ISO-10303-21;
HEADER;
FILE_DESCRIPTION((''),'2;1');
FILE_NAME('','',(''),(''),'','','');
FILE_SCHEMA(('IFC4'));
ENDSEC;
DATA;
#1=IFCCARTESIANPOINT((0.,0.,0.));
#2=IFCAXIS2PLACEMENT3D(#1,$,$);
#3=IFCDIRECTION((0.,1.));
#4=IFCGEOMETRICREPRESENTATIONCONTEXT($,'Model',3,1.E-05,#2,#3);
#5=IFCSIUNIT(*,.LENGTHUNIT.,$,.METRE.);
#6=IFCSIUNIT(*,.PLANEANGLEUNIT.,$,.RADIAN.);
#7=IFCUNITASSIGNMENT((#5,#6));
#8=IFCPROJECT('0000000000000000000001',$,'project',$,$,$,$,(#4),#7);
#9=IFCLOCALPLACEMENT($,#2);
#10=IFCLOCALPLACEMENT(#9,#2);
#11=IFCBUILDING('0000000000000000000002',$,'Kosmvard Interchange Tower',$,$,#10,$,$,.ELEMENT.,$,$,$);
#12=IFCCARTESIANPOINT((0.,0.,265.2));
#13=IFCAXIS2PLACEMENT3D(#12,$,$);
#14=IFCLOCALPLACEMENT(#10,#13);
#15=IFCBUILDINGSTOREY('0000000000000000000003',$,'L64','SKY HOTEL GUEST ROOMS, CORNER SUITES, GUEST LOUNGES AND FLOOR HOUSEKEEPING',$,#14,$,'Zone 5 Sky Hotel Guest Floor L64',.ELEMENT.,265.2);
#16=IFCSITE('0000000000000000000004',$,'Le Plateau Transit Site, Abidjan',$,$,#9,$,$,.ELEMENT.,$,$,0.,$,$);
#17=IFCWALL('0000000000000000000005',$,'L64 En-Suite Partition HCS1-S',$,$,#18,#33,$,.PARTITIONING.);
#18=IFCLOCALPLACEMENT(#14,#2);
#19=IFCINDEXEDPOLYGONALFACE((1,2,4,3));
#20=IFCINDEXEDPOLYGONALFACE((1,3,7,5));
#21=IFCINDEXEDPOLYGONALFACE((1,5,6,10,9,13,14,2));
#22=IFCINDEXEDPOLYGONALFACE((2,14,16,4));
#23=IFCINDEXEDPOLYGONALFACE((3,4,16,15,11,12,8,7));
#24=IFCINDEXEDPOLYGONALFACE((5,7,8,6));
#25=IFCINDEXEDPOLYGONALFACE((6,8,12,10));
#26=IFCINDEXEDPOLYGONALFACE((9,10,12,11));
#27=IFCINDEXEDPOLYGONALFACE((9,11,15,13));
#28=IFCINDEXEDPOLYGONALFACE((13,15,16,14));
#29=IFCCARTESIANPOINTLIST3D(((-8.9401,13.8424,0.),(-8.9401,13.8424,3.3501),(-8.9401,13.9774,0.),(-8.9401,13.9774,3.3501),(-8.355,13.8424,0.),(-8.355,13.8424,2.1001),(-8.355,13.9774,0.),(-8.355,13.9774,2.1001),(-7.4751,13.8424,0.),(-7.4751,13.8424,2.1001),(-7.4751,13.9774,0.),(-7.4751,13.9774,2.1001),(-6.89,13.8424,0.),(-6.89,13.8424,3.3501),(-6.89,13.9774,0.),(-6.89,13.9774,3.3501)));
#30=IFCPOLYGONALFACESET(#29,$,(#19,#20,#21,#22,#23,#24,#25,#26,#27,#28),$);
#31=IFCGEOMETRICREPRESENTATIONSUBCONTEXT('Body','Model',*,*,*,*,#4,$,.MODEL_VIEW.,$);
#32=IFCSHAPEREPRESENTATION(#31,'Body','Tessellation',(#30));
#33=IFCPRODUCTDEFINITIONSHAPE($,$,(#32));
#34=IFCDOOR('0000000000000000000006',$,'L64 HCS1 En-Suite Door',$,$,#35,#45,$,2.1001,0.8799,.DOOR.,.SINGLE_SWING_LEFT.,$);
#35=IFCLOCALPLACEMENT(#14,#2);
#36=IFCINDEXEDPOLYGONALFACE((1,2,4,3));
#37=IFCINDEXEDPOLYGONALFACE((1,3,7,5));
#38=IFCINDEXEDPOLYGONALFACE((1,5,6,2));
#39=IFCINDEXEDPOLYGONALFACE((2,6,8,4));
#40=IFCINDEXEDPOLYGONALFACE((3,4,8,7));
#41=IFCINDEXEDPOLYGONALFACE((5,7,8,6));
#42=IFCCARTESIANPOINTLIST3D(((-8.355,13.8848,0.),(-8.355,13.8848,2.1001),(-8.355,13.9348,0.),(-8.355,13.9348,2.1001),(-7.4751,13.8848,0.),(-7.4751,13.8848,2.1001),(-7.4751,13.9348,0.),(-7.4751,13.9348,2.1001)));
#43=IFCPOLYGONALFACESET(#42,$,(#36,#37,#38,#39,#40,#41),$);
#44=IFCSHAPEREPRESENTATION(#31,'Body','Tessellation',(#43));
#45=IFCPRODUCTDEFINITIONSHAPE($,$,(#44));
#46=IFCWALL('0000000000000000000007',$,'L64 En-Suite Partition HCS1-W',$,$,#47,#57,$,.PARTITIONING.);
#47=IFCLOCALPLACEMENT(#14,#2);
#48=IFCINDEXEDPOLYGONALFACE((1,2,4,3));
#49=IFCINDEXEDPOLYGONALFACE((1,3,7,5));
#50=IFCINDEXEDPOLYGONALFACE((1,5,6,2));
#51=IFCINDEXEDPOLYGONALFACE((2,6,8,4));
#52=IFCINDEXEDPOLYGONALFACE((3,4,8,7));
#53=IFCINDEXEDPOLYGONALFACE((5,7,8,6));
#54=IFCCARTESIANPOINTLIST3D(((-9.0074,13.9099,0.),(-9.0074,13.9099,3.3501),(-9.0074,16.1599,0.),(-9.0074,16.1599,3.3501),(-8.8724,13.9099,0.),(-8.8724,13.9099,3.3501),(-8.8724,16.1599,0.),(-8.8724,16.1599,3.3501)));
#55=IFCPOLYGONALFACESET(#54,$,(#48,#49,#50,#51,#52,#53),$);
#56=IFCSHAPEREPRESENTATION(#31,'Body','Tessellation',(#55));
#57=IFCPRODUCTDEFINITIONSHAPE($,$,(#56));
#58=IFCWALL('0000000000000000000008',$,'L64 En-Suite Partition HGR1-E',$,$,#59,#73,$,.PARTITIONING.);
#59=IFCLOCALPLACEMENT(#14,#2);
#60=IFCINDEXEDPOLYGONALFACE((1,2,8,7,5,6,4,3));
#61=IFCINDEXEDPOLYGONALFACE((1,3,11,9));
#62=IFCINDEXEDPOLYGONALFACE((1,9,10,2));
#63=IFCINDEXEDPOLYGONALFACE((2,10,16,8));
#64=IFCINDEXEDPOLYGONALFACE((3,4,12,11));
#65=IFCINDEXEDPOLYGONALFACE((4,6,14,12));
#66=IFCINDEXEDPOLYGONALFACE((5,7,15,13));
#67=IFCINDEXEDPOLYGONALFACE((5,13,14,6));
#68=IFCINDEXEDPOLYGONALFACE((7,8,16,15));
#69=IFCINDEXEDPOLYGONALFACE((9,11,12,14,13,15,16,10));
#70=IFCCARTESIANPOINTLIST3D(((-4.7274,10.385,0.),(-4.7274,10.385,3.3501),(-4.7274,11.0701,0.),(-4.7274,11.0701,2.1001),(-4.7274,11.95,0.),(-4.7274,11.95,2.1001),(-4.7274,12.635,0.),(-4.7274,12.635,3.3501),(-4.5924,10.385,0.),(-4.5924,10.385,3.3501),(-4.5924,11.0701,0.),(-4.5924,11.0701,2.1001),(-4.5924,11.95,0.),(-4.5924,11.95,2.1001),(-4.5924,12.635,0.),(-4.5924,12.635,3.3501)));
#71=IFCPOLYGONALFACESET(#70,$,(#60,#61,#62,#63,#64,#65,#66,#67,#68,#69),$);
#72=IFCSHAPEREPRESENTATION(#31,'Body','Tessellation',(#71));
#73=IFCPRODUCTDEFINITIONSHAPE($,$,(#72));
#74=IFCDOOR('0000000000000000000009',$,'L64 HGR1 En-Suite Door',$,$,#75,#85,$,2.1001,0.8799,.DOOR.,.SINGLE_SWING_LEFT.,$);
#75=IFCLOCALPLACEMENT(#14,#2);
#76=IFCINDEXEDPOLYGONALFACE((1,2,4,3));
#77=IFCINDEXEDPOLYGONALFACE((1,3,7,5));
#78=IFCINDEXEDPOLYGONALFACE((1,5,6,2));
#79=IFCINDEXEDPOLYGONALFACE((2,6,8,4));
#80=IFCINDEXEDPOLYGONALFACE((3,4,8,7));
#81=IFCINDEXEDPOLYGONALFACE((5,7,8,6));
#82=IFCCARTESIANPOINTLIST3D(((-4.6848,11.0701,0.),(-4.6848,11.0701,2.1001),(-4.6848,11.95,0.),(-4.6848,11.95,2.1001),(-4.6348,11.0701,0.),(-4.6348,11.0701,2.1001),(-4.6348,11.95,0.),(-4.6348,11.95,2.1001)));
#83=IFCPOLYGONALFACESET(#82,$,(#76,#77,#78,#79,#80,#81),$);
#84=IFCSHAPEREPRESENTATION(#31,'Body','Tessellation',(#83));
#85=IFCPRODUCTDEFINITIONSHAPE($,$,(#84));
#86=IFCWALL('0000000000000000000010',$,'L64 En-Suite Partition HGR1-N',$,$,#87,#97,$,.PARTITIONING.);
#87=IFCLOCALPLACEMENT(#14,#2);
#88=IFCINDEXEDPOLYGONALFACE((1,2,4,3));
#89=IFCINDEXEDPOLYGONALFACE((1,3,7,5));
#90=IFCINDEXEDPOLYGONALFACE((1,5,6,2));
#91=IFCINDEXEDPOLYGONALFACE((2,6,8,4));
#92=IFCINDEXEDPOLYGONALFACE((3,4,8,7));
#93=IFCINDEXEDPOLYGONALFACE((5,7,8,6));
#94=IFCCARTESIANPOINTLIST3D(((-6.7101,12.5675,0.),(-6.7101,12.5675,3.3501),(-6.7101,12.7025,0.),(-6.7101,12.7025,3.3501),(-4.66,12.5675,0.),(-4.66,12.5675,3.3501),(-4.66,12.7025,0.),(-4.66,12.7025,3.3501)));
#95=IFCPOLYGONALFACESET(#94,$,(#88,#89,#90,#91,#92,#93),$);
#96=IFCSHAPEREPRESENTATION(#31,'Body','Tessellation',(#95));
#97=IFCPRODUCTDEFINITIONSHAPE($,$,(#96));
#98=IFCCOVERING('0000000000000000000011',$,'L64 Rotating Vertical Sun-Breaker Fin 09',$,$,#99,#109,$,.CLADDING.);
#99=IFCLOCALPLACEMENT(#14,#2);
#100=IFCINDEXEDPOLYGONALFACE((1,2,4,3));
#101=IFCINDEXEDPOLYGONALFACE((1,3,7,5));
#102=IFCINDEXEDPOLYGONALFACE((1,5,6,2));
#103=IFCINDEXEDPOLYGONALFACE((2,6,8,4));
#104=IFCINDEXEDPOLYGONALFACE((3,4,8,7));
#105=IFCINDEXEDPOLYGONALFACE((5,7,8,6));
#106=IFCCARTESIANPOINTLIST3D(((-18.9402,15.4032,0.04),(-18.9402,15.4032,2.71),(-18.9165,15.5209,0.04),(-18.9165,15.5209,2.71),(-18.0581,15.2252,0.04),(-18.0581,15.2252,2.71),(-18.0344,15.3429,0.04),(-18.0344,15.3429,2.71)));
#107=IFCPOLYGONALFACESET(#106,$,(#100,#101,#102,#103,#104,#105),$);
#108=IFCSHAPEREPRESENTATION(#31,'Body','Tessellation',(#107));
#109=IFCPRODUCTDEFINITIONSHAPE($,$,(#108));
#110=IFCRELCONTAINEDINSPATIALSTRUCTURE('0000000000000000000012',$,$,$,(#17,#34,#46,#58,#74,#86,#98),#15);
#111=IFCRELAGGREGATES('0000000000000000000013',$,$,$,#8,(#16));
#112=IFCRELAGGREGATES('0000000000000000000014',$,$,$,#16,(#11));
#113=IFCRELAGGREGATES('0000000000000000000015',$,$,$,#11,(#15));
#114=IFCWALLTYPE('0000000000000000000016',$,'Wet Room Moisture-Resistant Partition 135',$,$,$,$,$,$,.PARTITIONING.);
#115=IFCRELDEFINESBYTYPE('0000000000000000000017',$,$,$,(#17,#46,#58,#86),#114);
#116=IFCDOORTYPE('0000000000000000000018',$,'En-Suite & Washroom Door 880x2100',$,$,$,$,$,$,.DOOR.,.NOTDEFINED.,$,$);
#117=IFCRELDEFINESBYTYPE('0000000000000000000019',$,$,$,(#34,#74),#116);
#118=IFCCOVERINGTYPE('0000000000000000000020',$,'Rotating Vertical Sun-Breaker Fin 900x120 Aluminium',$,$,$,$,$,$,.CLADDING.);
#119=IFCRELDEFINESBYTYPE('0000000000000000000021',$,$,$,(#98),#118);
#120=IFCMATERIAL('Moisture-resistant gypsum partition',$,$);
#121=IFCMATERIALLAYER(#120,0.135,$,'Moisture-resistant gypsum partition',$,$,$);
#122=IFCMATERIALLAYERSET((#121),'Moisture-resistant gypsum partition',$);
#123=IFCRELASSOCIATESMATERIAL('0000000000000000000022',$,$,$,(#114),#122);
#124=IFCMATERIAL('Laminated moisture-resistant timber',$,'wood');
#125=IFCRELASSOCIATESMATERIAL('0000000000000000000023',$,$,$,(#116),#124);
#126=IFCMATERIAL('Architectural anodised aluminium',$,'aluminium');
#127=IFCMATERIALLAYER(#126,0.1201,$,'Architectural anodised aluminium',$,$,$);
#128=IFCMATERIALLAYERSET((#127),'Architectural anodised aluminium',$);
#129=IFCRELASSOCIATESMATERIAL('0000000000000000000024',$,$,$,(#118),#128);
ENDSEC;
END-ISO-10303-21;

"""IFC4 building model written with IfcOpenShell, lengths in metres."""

from ifc_helpers import new_model, si_unit, direction, frame, frame_2d, origin, origin_2d, place, context, subcontext, project, spatial, rectangle, extrude, source, transform, mapped, material, layer, layer_set, type_object, element, fill, save


model = new_model("IFC4")

# Units and contexts
model_context = context("Model", 3, precision=1e-05, world=origin(), true_north=direction((0.0, 1.0)))
body_context = subcontext(model_context, "Body", "Model", "MODEL_VIEW")
ifc_project = project(units=[si_unit("LENGTHUNIT", "METRE"), si_unit("PLANEANGLEUNIT", "RADIAN")], contexts=[model_context])

# Site, building, storey
site_placement = place(None, origin())
site = spatial("IfcSite", under=ifc_project, at=site_placement, Name="Le Plateau Transit Site, Abidjan", CompositionType="ELEMENT", RefElevation=0.0)
building_placement = place(site_placement, origin())
building = spatial("IfcBuilding", under=site, at=building_placement, Name="Kosmvard Interchange Tower", CompositionType="ELEMENT")
storey_placement = place(building_placement, frame((0.0, 0.0, 265.2)))
storey = spatial("IfcBuildingStorey", under=building, at=storey_placement, Name="L64", Description="SKY HOTEL GUEST ROOMS, CORNER SUITES, GUEST LOUNGES AND FLOOR HOUSEKEEPING", LongName="Zone 5 Sky Hotel Guest Floor L64", CompositionType="ELEMENT", Elevation=265.2)

# Wall, opening, door
ifc_material_1 = material(Name="Moisture-resistant gypsum partition")
ifc_layer_1 = layer(ifc_material_1, 0.135, Name="Moisture-resistant gypsum partition")
ifc_layer_set_1 = layer_set([ifc_layer_1], Name="Moisture-resistant gypsum partition")
wall_type_1 = type_object("IfcWallType", Name="Wet Room Moisture-Resistant Partition 135", PredefinedType="PARTITIONING", material=ifc_layer_set_1)
wall_1_placement = place(storey_placement, frame((-8.9399, 13.9099, 0.0), z_axis=(0.0, 0.0, 1.0), x_axis=(1.0, 0.0, 0.0)))
wall_1 = element("IfcWall", 1, at=wall_1_placement, inside=storey, type_object=wall_type_1, Name="L64 En-Suite Partition HCS1-S", PredefinedType="PARTITIONING", context=body_context, shape_type="SweptSolid", body=[
    extrude(rectangle(XDim=2.05, YDim=0.135, at=frame_2d((1.0249, 0.0))), origin(), (0.0, 0.0, 1.0), 3.3501),
])
opening_1_placement = place(wall_1_placement, frame((0.585, 0.0, 0.0)))
opening_1 = element("IfcOpeningElement", 2, at=opening_1_placement, cuts=wall_1, PredefinedType="OPENING", context=body_context, shape_type="SweptSolid", body=[
    extrude(rectangle(XDim=0.8799, YDim=2.1001, at=frame_2d((0.4399, 1.05))), frame((0.0, 0.0776, 0.0), z_axis=(0.0, -1.0, 0.0), x_axis=(1.0, 0.0, 0.0)), (0.0, 0.0, 1.0), 0.155),
])
ifc_material_2 = material(Name="Laminated moisture-resistant timber", Category="wood")
door_type = type_object("IfcDoorType", Name="En-Suite & Washroom Door 880x2100", OperationType="NOTDEFINED", PredefinedType="DOOR", material=ifc_material_2)
shared_shape_1 = source(origin(), body_context, "Body", "SweptSolid", [
    extrude(rectangle(XDim=0.8799, YDim=2.1001, at=frame_2d((0.4399, 1.05))), frame((0.0, 0.0249, 0.0), z_axis=(0.0, -1.0, 0.0), x_axis=(1.0, 0.0, 0.0)), (0.0, 0.0, 1.0), 0.05),
])
door_1_placement = place(opening_1_placement, origin())
door_1 = element("IfcDoor", 3, at=door_1_placement, inside=storey, type_object=door_type, Name="L64 HCS1 En-Suite Door", OperationType="SINGLE_SWING_LEFT", OverallHeight=2.1001, OverallWidth=0.8799, PredefinedType="DOOR", context=body_context, shape_type="MappedRepresentation", body=[
    mapped(shared_shape_1, transform((0.0, 0.0, 0.0), scale=1.0)),
])
fill(opening_1, door_1)

# Wall
wall_2_placement = place(storey_placement, frame((-8.9399, 13.9099, 0.0), z_axis=(0.0, 0.0, 1.0), x_axis=(0.0, 1.0, 0.0)))
element("IfcWall", 4, at=wall_2_placement, inside=storey, type_object=wall_type_1, Name="L64 En-Suite Partition HCS1-W", PredefinedType="PARTITIONING", context=body_context, shape_type="SweptSolid", body=[
    extrude(rectangle(XDim=2.25, YDim=0.135, at=frame_2d((1.125, 0.0))), origin(), (0.0, 0.0, 1.0), 3.3501),
])

# Wall, opening, door
wall_3_placement = place(storey_placement, frame((-4.6599, 10.385, 0.0), z_axis=(0.0, 0.0, 1.0), x_axis=(0.0, 1.0, 0.0)))
wall_3 = element("IfcWall", 5, at=wall_3_placement, inside=storey, type_object=wall_type_1, Name="L64 En-Suite Partition HGR1-E", PredefinedType="PARTITIONING", context=body_context, shape_type="SweptSolid", body=[
    extrude(rectangle(XDim=2.25, YDim=0.135, at=frame_2d((1.125, 0.0))), origin(), (0.0, 0.0, 1.0), 3.3501),
])
opening_2_placement = place(wall_3_placement, frame((0.6851, 0.0, 0.0)))
opening_2 = element("IfcOpeningElement", 6, at=opening_2_placement, cuts=wall_3, PredefinedType="OPENING", context=body_context, shape_type="SweptSolid", body=[
    extrude(rectangle(XDim=0.8799, YDim=2.1001, at=frame_2d((0.4399, 1.05))), frame((0.0, 0.0776, 0.0), z_axis=(0.0, -1.0, 0.0), x_axis=(1.0, 0.0, 0.0)), (0.0, 0.0, 1.0), 0.155),
])
door_2_placement = place(opening_2_placement, origin())
door_2 = element("IfcDoor", 7, at=door_2_placement, inside=storey, type_object=door_type, Name="L64 HGR1 En-Suite Door", OperationType="SINGLE_SWING_LEFT", OverallHeight=2.1001, OverallWidth=0.8799, PredefinedType="DOOR", context=body_context, shape_type="MappedRepresentation", body=[
    mapped(shared_shape_1, transform((0.0, 0.0, 0.0), scale=1.0)),
])
fill(opening_2, door_2)

# Wall
wall_4_placement = place(storey_placement, frame((-6.71, 12.635, 0.0), z_axis=(0.0, 0.0, 1.0), x_axis=(1.0, 0.0, 0.0)))
element("IfcWall", 8, at=wall_4_placement, inside=storey, type_object=wall_type_1, Name="L64 En-Suite Partition HGR1-N", PredefinedType="PARTITIONING", context=body_context, shape_type="SweptSolid", body=[
    extrude(rectangle(XDim=2.05, YDim=0.135, at=frame_2d((1.0249, 0.0))), origin(), (0.0, 0.0, 1.0), 3.3501),
])

# Covering
ifc_material_3 = material(Name="Architectural anodised aluminium", Category="aluminium")
ifc_layer_2 = layer(ifc_material_3, 0.1201, Name="Architectural anodised aluminium")
ifc_layer_set_2 = layer_set([ifc_layer_2], Name="Architectural anodised aluminium")
covering_type = type_object("IfcCoveringType", Name="Rotating Vertical Sun-Breaker Fin 900x120 Aluminium", PredefinedType="CLADDING", material=ifc_layer_set_2)
shared_shape_2 = source(origin(), body_context, "Body", "SweptSolid", [
    extrude(rectangle(XDim=0.8999, YDim=0.1201, at=origin_2d()), origin(), (0.0, 0.0, 1.0), 2.6699),
])
covering_placement = place(storey_placement, frame((-18.4873, 15.373, 0.04), z_axis=(0.0, 0.0, 1.0), x_axis=(-0.980237, 0.197828, 0.0)))
element("IfcCovering", 9, at=covering_placement, inside=storey, type_object=covering_type, Name="L64 Rotating Vertical Sun-Breaker Fin 09", PredefinedType="CLADDING", context=body_context, shape_type="MappedRepresentation", body=[
    mapped(shared_shape_2, transform((0.0, 0.0, 0.0), scale=1.0)),
])

save(model, "model.ifc")
